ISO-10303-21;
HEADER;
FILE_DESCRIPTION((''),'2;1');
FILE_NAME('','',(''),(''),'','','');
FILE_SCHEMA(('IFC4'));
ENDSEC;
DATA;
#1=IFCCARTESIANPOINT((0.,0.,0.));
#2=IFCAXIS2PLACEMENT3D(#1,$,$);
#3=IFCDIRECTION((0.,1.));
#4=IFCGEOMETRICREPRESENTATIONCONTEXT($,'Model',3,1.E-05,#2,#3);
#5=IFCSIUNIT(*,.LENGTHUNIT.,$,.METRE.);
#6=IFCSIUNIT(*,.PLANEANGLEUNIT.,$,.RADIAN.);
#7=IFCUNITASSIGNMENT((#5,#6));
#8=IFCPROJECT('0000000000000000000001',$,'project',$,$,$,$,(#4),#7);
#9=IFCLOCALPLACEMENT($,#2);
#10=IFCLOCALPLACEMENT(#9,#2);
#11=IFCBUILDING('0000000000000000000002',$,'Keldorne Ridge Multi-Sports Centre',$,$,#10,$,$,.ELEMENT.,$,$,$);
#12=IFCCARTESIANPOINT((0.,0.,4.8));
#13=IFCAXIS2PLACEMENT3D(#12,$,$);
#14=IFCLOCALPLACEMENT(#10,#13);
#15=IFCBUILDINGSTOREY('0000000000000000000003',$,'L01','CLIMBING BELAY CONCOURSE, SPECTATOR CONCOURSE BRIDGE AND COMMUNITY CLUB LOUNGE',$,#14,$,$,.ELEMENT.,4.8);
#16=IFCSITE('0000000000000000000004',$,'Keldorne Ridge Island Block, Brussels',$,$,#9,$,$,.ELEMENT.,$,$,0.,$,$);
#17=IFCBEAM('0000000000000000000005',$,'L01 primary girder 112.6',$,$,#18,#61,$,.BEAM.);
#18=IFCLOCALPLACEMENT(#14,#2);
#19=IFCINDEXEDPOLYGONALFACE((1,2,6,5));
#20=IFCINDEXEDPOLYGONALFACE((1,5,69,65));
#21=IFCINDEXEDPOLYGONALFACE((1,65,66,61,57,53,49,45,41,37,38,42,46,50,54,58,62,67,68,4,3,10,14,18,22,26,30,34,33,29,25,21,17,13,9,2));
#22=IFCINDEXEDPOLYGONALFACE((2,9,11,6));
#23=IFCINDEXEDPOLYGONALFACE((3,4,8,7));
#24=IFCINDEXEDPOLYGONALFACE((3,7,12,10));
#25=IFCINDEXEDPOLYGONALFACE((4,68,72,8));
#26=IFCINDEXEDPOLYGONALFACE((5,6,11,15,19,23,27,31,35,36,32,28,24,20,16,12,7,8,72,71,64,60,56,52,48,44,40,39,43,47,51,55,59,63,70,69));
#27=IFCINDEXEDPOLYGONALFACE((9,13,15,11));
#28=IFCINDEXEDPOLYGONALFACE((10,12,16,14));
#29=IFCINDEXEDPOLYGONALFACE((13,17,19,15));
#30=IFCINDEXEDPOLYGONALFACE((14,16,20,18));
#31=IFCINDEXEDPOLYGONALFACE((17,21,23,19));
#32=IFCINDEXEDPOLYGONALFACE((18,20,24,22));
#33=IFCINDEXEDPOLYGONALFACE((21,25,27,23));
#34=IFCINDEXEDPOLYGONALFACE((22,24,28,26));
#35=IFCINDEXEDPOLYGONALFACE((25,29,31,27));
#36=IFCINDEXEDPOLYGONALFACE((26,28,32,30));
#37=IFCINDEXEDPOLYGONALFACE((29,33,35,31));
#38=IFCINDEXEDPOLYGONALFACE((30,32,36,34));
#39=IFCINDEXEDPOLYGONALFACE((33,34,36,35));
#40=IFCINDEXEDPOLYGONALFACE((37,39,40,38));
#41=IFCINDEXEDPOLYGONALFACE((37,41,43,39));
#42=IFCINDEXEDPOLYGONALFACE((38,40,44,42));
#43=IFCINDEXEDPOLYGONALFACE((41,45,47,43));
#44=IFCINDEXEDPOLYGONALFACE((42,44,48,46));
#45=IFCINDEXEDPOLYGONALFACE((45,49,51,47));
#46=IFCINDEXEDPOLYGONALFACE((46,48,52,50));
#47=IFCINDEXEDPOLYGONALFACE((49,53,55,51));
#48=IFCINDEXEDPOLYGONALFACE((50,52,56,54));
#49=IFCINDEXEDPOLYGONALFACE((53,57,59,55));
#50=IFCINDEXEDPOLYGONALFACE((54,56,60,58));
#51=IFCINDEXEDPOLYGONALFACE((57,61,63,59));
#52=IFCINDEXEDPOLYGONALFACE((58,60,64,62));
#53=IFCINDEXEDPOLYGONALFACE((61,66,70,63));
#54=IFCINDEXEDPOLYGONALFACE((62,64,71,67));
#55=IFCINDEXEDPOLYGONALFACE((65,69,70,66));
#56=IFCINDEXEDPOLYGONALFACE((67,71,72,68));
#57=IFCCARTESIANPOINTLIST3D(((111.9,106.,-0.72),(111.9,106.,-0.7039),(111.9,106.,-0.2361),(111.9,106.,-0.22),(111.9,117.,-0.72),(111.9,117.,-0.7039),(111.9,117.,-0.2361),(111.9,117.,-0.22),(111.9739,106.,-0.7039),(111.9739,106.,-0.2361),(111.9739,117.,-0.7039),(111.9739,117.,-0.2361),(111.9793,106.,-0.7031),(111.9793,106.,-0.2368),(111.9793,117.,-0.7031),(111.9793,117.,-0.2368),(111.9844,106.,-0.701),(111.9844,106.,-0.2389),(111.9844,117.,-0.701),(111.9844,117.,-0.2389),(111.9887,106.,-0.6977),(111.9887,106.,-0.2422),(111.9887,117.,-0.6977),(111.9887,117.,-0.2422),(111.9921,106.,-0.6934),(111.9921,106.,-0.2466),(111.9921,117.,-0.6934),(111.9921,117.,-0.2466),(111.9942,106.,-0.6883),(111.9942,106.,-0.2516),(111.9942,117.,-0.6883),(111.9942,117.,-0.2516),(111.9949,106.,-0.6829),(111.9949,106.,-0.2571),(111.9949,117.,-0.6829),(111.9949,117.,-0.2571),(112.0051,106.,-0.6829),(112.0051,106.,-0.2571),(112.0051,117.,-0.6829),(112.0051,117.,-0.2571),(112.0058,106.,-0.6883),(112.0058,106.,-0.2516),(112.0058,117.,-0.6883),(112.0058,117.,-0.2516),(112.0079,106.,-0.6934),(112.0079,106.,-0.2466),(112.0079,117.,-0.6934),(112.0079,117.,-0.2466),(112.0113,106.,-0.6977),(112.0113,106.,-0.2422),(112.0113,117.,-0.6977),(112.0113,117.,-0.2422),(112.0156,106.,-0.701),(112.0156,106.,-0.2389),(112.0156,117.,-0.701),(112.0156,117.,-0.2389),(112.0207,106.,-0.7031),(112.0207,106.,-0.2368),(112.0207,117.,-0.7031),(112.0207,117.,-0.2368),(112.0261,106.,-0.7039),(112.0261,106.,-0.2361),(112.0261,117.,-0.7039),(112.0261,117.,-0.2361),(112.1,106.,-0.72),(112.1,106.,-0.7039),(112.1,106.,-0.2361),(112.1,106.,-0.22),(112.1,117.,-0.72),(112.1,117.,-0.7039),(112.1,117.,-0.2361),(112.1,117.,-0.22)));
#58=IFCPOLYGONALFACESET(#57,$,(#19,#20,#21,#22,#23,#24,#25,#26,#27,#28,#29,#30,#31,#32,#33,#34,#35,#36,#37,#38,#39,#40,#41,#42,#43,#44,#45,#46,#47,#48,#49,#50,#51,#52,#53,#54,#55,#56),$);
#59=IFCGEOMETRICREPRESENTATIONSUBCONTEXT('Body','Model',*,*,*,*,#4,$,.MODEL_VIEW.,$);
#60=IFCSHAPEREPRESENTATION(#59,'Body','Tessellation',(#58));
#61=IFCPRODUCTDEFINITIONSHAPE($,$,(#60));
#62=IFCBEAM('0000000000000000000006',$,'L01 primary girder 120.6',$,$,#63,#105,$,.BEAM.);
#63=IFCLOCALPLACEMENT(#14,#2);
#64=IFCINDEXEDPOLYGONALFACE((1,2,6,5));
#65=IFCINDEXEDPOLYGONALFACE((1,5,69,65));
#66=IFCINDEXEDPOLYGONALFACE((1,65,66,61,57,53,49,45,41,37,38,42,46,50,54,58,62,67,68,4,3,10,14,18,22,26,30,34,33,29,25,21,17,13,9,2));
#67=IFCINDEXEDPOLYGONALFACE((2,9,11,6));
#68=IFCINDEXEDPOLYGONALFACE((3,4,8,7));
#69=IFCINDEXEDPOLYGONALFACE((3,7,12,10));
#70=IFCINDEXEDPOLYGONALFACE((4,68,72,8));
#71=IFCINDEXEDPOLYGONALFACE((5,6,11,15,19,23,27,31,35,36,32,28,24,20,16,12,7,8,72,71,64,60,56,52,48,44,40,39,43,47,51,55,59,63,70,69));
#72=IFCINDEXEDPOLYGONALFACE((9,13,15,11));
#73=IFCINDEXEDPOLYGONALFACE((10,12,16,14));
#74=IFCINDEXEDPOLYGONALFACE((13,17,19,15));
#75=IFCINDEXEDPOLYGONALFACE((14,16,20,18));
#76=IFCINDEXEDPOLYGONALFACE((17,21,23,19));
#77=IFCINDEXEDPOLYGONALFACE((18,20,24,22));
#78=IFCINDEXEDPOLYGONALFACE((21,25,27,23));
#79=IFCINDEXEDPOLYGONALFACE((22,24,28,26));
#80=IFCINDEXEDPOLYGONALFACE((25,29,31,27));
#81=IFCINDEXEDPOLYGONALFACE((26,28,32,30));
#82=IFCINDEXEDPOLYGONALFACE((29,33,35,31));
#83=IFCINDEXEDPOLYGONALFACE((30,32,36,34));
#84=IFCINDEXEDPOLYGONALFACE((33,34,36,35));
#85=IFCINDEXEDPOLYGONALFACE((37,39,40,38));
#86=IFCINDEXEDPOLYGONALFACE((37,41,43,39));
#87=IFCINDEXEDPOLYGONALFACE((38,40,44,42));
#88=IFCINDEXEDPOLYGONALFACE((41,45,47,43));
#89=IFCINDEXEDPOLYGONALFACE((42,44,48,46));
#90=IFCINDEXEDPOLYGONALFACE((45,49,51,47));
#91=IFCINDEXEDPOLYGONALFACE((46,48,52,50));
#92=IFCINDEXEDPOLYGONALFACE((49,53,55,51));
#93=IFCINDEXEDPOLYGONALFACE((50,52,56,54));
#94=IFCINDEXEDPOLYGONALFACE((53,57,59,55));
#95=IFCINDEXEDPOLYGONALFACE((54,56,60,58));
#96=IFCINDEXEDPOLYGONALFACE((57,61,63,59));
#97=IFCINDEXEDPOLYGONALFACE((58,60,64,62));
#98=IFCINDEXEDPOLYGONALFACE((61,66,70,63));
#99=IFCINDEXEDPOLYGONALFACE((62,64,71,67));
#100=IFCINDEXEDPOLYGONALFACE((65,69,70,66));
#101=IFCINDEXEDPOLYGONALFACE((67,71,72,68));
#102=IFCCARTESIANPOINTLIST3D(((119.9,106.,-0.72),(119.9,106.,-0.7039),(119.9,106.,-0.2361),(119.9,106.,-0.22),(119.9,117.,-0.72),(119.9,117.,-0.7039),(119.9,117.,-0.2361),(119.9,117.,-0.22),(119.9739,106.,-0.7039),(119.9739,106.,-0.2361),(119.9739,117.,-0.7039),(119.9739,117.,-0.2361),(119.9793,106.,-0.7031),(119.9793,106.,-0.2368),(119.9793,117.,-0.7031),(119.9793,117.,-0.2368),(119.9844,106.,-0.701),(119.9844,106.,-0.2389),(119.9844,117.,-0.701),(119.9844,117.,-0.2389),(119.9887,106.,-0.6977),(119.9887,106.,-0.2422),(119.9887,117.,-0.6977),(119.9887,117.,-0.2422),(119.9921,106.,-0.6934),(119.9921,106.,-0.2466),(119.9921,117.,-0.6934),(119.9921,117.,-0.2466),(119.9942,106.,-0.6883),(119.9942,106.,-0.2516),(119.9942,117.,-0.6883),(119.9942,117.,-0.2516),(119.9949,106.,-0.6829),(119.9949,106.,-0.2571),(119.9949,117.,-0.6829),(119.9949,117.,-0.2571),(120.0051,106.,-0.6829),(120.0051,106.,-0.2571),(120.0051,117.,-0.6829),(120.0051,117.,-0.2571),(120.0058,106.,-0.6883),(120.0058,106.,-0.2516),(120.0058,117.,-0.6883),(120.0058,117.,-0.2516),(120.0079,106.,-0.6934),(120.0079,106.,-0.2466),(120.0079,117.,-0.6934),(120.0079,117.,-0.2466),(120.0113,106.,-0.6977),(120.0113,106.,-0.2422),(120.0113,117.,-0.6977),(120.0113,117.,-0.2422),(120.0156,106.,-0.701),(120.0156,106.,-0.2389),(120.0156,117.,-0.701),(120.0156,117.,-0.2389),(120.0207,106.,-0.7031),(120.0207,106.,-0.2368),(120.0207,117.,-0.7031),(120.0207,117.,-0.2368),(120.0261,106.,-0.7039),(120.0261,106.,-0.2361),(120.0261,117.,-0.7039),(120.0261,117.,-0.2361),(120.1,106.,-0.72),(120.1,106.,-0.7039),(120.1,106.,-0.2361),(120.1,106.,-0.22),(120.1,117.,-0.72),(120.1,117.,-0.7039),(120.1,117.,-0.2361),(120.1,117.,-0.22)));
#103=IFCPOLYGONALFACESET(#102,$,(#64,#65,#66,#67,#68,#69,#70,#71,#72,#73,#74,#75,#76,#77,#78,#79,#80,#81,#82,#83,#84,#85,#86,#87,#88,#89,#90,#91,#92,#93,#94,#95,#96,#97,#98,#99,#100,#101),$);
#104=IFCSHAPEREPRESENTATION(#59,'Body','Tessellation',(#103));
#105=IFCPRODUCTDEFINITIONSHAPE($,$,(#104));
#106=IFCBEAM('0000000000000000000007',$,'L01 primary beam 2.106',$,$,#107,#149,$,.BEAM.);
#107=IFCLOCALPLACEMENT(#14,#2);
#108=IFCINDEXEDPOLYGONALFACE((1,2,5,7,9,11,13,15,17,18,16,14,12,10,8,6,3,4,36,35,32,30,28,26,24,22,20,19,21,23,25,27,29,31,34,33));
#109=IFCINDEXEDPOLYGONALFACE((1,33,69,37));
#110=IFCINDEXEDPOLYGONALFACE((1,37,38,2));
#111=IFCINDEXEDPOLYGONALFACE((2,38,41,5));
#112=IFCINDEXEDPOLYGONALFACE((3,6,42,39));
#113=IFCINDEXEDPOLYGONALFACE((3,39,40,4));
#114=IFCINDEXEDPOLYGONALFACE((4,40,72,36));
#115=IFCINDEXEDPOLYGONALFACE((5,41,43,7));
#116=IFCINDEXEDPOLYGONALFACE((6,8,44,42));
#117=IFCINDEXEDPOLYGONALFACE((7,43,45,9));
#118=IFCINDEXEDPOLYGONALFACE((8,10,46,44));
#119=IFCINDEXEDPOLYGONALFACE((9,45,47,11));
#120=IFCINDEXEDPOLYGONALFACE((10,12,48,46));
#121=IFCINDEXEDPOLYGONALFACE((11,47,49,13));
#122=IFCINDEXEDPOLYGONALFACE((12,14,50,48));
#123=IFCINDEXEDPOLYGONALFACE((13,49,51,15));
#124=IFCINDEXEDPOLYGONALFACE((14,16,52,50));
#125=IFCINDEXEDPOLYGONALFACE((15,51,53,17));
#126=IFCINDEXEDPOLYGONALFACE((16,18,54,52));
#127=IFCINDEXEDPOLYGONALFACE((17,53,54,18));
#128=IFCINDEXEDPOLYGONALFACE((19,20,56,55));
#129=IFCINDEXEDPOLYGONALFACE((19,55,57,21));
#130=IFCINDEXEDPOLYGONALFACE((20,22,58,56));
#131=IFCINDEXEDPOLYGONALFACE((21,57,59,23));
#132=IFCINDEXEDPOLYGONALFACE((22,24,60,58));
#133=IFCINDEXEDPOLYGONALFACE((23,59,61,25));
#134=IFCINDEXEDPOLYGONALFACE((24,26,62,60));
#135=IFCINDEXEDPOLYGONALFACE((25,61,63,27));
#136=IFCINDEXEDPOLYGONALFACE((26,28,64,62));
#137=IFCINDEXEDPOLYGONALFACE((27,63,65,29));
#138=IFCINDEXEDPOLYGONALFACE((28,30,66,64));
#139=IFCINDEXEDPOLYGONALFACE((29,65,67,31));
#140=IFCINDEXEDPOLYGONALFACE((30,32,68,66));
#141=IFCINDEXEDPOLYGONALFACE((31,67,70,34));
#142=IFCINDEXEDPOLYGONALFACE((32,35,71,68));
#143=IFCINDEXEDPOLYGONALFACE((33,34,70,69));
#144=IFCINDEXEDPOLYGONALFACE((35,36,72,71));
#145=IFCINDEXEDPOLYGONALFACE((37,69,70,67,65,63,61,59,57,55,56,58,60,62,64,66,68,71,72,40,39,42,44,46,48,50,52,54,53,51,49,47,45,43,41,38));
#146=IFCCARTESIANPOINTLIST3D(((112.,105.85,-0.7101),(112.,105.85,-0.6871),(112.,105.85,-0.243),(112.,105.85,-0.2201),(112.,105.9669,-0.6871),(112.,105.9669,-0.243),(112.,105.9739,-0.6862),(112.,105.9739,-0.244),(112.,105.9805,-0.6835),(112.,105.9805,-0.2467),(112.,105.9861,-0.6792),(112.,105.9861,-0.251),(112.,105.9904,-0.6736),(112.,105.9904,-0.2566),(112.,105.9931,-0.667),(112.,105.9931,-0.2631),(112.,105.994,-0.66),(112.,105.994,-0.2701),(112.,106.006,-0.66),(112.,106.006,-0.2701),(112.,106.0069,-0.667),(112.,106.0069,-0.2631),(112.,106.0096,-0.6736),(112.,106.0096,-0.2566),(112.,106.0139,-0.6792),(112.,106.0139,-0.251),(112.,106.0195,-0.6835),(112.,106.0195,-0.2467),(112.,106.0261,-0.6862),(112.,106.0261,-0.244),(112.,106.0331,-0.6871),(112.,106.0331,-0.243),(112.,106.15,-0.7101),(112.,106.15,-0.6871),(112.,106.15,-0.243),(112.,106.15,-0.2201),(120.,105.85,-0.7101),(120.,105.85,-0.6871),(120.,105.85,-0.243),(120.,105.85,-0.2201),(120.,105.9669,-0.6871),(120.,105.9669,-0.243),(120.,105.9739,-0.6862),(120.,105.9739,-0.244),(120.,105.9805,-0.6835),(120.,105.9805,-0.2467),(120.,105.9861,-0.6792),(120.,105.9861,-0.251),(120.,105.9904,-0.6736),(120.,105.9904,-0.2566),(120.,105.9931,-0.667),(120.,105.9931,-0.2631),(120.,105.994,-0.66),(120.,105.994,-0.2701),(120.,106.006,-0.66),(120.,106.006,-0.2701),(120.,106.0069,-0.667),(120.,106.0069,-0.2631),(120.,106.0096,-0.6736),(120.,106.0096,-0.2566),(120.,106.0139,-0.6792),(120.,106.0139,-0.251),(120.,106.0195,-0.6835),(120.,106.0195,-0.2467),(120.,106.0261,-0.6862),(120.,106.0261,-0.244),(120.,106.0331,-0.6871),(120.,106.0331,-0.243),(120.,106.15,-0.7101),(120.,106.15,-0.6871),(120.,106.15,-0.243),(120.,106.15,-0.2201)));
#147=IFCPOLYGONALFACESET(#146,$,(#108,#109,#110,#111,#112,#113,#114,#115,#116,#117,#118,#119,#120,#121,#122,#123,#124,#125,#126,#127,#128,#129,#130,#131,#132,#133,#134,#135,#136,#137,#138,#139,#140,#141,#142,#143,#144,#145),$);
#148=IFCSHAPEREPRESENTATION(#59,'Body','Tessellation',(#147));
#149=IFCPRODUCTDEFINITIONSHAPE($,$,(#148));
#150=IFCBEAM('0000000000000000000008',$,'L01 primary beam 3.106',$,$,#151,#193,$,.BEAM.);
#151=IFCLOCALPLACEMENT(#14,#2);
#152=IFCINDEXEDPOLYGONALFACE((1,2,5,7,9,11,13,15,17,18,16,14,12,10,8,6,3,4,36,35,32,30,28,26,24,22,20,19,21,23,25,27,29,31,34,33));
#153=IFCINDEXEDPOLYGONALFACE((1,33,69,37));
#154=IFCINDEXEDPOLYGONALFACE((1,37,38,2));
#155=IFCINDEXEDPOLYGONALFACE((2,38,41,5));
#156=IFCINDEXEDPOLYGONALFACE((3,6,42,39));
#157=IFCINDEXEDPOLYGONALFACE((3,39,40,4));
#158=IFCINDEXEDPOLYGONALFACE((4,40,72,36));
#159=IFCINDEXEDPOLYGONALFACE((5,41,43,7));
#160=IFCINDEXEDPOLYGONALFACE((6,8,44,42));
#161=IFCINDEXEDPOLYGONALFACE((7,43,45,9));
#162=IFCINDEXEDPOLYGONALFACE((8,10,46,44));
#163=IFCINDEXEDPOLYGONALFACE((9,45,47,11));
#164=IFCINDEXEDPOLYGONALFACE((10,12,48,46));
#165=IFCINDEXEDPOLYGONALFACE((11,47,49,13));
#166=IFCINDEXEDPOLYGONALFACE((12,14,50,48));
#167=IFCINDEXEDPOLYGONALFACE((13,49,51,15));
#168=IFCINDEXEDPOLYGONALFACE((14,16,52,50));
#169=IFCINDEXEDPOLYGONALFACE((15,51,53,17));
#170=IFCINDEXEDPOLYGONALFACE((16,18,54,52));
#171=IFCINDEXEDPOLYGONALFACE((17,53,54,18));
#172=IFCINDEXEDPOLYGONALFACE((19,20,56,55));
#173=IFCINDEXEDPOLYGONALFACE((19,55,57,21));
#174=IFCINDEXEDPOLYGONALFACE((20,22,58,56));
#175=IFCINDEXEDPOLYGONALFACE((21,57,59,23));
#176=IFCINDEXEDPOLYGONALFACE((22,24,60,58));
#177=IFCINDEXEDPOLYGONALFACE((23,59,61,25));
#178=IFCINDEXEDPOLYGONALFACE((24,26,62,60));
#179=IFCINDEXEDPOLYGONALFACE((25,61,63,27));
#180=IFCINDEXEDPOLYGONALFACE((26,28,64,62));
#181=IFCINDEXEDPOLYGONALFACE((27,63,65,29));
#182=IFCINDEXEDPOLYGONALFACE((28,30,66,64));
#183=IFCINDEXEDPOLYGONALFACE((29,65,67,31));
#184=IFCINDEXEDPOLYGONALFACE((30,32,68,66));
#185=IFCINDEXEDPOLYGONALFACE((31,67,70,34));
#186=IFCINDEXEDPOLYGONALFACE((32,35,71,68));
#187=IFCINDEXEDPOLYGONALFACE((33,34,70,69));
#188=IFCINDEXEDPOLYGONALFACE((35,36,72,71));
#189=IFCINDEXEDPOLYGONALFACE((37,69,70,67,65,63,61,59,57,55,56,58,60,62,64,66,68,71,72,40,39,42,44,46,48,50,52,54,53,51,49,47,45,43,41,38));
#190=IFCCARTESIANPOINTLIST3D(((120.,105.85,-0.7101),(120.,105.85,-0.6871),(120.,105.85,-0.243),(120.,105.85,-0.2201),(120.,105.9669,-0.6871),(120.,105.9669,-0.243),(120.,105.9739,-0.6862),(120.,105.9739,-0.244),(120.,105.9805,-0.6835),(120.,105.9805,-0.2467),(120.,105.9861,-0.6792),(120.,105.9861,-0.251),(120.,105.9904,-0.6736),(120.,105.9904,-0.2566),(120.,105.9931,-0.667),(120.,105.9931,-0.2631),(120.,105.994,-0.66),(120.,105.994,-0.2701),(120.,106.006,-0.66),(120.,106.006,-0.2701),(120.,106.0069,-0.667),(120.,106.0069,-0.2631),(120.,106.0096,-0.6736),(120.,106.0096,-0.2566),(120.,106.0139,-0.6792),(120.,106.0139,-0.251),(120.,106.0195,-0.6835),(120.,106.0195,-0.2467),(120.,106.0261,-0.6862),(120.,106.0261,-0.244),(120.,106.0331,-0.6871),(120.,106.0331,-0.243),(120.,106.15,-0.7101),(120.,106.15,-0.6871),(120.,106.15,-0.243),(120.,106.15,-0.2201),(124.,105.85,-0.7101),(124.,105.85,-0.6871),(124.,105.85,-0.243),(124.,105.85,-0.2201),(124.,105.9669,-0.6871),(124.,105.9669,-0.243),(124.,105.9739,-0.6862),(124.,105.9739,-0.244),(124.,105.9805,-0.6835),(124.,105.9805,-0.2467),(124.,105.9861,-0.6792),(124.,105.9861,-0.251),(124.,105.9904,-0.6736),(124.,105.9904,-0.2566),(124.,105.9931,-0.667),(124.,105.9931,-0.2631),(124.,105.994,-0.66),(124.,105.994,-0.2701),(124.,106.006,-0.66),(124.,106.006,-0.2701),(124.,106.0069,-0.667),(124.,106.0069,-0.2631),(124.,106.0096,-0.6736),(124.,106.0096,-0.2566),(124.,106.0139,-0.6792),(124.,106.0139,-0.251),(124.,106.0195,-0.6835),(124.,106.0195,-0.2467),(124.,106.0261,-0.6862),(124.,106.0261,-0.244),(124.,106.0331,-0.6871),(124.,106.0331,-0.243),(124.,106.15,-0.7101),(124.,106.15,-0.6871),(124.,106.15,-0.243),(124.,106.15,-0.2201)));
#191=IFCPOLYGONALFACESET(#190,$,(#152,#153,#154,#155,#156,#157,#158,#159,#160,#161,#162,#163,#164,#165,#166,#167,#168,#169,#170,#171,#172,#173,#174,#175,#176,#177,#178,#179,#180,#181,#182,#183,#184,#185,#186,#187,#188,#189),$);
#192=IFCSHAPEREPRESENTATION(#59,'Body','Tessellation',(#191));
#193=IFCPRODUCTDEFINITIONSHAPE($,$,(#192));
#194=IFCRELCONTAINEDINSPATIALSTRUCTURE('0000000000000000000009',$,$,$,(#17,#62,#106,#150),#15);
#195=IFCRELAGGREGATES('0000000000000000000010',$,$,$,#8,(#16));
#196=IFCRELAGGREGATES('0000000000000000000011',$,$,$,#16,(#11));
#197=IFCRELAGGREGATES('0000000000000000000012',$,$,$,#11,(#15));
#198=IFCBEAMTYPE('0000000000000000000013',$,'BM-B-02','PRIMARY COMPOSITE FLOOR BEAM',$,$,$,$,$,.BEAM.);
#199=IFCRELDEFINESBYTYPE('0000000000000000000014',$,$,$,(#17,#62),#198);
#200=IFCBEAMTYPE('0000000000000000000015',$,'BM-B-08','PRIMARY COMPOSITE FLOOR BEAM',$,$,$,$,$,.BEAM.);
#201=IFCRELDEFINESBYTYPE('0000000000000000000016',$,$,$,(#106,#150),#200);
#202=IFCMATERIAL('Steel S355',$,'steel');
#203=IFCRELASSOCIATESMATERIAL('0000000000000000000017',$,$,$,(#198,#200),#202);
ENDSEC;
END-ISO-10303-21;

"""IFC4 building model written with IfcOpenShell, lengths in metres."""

from ifc_helpers import new_model, si_unit, direction, frame, origin, origin_2d, place, context, subcontext, project, spatial, i_section, extrude, material, material_profile, profile_set, type_object, element, save


model = new_model("IFC4")

# Units and contexts
model_context = context("Model", 3, precision=1e-05, world=origin(), true_north=direction((0.0, 1.0)))
body_context = subcontext(model_context, "Body", "Model", "MODEL_VIEW")
ifc_project = project(units=[si_unit("LENGTHUNIT", "METRE"), si_unit("PLANEANGLEUNIT", "RADIAN")], contexts=[model_context])

# Site, building, storey
site_placement = place(None, origin())
site = spatial("IfcSite", under=ifc_project, at=site_placement, Name="Keldorne Ridge Island Block, Brussels", CompositionType="ELEMENT", RefElevation=0.0)
building_placement = place(site_placement, origin())
building = spatial("IfcBuilding", under=site, at=building_placement, Name="Keldorne Ridge Multi-Sports Centre", CompositionType="ELEMENT")
storey_placement = place(building_placement, frame((0.0, 0.0, 4.8)))
storey = spatial("IfcBuildingStorey", under=building, at=storey_placement, Name="L01", Description="CLIMBING BELAY CONCOURSE, SPECTATOR CONCOURSE BRIDGE AND COMMUNITY CLUB LOUNGE", CompositionType="ELEMENT", Elevation=4.8)

# Shared definitions
ifc_material_1 = material(Name="Steel S355", Category="steel")

# Beams
ifc_material_profile_1 = material_profile(ifc_material_1, i_section(OverallWidth=0.2, OverallDepth=0.5, WebThickness=0.0103, FlangeThickness=0.0161, FilletRadius=0.021, at=origin_2d()), Name="IPE 500")
ifc_profile_set_1 = profile_set([ifc_material_profile_1], Name="Steel S355")
beam_type_1 = type_object("IfcBeamType", Name="BM-B-02", Description="PRIMARY COMPOSITE FLOOR BEAM", PredefinedType="BEAM", material=ifc_profile_set_1)
for number, where, z_axis, x_axis, name in (
    (1, (112.0, 106.0, -0.47), (0.0, 1.0, 0.0), (-1.0, 0.0, 0.0), "L01 primary girder 112.6"),
    (2, (120.0, 106.0, -0.47), (0.0, 1.0, 0.0), (-1.0, 0.0, 0.0), "L01 primary girder 120.6"),
):
    element("IfcBeam", number, at=place(storey_placement, frame(where, z_axis=z_axis, x_axis=x_axis)), inside=storey, type_object=beam_type_1, Name=name, PredefinedType="BEAM", context=body_context, shape_type="SweptSolid", body=[
        extrude(i_section(OverallWidth=0.2, OverallDepth=0.5, WebThickness=0.0103, FlangeThickness=0.0161, FilletRadius=0.021, at=origin_2d()), origin(), (0.0, 0.0, 1.0), 11.0),
    ])
ifc_material_profile_2 = material_profile(ifc_material_1, i_section(OverallWidth=0.3, OverallDepth=0.49, WebThickness=0.012, FlangeThickness=0.0229, FilletRadius=0.0271, at=origin_2d()), Name="HEA 500")
ifc_profile_set_2 = profile_set([ifc_material_profile_2], Name="Steel S355")
beam_type_2 = type_object("IfcBeamType", Name="BM-B-08", Description="PRIMARY COMPOSITE FLOOR BEAM", PredefinedType="BEAM", material=ifc_profile_set_2)
beam_1_placement = place(storey_placement, frame((112.0, 106.0, -0.4651), z_axis=(1.0, 0.0, 0.0), x_axis=(0.0, 1.0, 0.0)))
element("IfcBeam", 3, at=beam_1_placement, inside=storey, type_object=beam_type_2, Name="L01 primary beam 2.106", PredefinedType="BEAM", context=body_context, shape_type="SweptSolid", body=[
    extrude(i_section(OverallWidth=0.3, OverallDepth=0.49, WebThickness=0.012, FlangeThickness=0.0229, FilletRadius=0.0271, at=origin_2d()), origin(), (0.0, 0.0, 1.0), 8.0),
])
beam_2_placement = place(storey_placement, frame((120.0, 106.0, -0.4651), z_axis=(1.0, 0.0, 0.0), x_axis=(0.0, 1.0, 0.0)))
element("IfcBeam", 4, at=beam_2_placement, inside=storey, type_object=beam_type_2, Name="L01 primary beam 3.106", PredefinedType="BEAM", context=body_context, shape_type="SweptSolid", body=[
    extrude(i_section(OverallWidth=0.3, OverallDepth=0.49, WebThickness=0.012, FlangeThickness=0.0229, FilletRadius=0.0271, at=origin_2d()), origin(), (0.0, 0.0, 1.0), 4.0),
])

save(model, "model.ifc")
